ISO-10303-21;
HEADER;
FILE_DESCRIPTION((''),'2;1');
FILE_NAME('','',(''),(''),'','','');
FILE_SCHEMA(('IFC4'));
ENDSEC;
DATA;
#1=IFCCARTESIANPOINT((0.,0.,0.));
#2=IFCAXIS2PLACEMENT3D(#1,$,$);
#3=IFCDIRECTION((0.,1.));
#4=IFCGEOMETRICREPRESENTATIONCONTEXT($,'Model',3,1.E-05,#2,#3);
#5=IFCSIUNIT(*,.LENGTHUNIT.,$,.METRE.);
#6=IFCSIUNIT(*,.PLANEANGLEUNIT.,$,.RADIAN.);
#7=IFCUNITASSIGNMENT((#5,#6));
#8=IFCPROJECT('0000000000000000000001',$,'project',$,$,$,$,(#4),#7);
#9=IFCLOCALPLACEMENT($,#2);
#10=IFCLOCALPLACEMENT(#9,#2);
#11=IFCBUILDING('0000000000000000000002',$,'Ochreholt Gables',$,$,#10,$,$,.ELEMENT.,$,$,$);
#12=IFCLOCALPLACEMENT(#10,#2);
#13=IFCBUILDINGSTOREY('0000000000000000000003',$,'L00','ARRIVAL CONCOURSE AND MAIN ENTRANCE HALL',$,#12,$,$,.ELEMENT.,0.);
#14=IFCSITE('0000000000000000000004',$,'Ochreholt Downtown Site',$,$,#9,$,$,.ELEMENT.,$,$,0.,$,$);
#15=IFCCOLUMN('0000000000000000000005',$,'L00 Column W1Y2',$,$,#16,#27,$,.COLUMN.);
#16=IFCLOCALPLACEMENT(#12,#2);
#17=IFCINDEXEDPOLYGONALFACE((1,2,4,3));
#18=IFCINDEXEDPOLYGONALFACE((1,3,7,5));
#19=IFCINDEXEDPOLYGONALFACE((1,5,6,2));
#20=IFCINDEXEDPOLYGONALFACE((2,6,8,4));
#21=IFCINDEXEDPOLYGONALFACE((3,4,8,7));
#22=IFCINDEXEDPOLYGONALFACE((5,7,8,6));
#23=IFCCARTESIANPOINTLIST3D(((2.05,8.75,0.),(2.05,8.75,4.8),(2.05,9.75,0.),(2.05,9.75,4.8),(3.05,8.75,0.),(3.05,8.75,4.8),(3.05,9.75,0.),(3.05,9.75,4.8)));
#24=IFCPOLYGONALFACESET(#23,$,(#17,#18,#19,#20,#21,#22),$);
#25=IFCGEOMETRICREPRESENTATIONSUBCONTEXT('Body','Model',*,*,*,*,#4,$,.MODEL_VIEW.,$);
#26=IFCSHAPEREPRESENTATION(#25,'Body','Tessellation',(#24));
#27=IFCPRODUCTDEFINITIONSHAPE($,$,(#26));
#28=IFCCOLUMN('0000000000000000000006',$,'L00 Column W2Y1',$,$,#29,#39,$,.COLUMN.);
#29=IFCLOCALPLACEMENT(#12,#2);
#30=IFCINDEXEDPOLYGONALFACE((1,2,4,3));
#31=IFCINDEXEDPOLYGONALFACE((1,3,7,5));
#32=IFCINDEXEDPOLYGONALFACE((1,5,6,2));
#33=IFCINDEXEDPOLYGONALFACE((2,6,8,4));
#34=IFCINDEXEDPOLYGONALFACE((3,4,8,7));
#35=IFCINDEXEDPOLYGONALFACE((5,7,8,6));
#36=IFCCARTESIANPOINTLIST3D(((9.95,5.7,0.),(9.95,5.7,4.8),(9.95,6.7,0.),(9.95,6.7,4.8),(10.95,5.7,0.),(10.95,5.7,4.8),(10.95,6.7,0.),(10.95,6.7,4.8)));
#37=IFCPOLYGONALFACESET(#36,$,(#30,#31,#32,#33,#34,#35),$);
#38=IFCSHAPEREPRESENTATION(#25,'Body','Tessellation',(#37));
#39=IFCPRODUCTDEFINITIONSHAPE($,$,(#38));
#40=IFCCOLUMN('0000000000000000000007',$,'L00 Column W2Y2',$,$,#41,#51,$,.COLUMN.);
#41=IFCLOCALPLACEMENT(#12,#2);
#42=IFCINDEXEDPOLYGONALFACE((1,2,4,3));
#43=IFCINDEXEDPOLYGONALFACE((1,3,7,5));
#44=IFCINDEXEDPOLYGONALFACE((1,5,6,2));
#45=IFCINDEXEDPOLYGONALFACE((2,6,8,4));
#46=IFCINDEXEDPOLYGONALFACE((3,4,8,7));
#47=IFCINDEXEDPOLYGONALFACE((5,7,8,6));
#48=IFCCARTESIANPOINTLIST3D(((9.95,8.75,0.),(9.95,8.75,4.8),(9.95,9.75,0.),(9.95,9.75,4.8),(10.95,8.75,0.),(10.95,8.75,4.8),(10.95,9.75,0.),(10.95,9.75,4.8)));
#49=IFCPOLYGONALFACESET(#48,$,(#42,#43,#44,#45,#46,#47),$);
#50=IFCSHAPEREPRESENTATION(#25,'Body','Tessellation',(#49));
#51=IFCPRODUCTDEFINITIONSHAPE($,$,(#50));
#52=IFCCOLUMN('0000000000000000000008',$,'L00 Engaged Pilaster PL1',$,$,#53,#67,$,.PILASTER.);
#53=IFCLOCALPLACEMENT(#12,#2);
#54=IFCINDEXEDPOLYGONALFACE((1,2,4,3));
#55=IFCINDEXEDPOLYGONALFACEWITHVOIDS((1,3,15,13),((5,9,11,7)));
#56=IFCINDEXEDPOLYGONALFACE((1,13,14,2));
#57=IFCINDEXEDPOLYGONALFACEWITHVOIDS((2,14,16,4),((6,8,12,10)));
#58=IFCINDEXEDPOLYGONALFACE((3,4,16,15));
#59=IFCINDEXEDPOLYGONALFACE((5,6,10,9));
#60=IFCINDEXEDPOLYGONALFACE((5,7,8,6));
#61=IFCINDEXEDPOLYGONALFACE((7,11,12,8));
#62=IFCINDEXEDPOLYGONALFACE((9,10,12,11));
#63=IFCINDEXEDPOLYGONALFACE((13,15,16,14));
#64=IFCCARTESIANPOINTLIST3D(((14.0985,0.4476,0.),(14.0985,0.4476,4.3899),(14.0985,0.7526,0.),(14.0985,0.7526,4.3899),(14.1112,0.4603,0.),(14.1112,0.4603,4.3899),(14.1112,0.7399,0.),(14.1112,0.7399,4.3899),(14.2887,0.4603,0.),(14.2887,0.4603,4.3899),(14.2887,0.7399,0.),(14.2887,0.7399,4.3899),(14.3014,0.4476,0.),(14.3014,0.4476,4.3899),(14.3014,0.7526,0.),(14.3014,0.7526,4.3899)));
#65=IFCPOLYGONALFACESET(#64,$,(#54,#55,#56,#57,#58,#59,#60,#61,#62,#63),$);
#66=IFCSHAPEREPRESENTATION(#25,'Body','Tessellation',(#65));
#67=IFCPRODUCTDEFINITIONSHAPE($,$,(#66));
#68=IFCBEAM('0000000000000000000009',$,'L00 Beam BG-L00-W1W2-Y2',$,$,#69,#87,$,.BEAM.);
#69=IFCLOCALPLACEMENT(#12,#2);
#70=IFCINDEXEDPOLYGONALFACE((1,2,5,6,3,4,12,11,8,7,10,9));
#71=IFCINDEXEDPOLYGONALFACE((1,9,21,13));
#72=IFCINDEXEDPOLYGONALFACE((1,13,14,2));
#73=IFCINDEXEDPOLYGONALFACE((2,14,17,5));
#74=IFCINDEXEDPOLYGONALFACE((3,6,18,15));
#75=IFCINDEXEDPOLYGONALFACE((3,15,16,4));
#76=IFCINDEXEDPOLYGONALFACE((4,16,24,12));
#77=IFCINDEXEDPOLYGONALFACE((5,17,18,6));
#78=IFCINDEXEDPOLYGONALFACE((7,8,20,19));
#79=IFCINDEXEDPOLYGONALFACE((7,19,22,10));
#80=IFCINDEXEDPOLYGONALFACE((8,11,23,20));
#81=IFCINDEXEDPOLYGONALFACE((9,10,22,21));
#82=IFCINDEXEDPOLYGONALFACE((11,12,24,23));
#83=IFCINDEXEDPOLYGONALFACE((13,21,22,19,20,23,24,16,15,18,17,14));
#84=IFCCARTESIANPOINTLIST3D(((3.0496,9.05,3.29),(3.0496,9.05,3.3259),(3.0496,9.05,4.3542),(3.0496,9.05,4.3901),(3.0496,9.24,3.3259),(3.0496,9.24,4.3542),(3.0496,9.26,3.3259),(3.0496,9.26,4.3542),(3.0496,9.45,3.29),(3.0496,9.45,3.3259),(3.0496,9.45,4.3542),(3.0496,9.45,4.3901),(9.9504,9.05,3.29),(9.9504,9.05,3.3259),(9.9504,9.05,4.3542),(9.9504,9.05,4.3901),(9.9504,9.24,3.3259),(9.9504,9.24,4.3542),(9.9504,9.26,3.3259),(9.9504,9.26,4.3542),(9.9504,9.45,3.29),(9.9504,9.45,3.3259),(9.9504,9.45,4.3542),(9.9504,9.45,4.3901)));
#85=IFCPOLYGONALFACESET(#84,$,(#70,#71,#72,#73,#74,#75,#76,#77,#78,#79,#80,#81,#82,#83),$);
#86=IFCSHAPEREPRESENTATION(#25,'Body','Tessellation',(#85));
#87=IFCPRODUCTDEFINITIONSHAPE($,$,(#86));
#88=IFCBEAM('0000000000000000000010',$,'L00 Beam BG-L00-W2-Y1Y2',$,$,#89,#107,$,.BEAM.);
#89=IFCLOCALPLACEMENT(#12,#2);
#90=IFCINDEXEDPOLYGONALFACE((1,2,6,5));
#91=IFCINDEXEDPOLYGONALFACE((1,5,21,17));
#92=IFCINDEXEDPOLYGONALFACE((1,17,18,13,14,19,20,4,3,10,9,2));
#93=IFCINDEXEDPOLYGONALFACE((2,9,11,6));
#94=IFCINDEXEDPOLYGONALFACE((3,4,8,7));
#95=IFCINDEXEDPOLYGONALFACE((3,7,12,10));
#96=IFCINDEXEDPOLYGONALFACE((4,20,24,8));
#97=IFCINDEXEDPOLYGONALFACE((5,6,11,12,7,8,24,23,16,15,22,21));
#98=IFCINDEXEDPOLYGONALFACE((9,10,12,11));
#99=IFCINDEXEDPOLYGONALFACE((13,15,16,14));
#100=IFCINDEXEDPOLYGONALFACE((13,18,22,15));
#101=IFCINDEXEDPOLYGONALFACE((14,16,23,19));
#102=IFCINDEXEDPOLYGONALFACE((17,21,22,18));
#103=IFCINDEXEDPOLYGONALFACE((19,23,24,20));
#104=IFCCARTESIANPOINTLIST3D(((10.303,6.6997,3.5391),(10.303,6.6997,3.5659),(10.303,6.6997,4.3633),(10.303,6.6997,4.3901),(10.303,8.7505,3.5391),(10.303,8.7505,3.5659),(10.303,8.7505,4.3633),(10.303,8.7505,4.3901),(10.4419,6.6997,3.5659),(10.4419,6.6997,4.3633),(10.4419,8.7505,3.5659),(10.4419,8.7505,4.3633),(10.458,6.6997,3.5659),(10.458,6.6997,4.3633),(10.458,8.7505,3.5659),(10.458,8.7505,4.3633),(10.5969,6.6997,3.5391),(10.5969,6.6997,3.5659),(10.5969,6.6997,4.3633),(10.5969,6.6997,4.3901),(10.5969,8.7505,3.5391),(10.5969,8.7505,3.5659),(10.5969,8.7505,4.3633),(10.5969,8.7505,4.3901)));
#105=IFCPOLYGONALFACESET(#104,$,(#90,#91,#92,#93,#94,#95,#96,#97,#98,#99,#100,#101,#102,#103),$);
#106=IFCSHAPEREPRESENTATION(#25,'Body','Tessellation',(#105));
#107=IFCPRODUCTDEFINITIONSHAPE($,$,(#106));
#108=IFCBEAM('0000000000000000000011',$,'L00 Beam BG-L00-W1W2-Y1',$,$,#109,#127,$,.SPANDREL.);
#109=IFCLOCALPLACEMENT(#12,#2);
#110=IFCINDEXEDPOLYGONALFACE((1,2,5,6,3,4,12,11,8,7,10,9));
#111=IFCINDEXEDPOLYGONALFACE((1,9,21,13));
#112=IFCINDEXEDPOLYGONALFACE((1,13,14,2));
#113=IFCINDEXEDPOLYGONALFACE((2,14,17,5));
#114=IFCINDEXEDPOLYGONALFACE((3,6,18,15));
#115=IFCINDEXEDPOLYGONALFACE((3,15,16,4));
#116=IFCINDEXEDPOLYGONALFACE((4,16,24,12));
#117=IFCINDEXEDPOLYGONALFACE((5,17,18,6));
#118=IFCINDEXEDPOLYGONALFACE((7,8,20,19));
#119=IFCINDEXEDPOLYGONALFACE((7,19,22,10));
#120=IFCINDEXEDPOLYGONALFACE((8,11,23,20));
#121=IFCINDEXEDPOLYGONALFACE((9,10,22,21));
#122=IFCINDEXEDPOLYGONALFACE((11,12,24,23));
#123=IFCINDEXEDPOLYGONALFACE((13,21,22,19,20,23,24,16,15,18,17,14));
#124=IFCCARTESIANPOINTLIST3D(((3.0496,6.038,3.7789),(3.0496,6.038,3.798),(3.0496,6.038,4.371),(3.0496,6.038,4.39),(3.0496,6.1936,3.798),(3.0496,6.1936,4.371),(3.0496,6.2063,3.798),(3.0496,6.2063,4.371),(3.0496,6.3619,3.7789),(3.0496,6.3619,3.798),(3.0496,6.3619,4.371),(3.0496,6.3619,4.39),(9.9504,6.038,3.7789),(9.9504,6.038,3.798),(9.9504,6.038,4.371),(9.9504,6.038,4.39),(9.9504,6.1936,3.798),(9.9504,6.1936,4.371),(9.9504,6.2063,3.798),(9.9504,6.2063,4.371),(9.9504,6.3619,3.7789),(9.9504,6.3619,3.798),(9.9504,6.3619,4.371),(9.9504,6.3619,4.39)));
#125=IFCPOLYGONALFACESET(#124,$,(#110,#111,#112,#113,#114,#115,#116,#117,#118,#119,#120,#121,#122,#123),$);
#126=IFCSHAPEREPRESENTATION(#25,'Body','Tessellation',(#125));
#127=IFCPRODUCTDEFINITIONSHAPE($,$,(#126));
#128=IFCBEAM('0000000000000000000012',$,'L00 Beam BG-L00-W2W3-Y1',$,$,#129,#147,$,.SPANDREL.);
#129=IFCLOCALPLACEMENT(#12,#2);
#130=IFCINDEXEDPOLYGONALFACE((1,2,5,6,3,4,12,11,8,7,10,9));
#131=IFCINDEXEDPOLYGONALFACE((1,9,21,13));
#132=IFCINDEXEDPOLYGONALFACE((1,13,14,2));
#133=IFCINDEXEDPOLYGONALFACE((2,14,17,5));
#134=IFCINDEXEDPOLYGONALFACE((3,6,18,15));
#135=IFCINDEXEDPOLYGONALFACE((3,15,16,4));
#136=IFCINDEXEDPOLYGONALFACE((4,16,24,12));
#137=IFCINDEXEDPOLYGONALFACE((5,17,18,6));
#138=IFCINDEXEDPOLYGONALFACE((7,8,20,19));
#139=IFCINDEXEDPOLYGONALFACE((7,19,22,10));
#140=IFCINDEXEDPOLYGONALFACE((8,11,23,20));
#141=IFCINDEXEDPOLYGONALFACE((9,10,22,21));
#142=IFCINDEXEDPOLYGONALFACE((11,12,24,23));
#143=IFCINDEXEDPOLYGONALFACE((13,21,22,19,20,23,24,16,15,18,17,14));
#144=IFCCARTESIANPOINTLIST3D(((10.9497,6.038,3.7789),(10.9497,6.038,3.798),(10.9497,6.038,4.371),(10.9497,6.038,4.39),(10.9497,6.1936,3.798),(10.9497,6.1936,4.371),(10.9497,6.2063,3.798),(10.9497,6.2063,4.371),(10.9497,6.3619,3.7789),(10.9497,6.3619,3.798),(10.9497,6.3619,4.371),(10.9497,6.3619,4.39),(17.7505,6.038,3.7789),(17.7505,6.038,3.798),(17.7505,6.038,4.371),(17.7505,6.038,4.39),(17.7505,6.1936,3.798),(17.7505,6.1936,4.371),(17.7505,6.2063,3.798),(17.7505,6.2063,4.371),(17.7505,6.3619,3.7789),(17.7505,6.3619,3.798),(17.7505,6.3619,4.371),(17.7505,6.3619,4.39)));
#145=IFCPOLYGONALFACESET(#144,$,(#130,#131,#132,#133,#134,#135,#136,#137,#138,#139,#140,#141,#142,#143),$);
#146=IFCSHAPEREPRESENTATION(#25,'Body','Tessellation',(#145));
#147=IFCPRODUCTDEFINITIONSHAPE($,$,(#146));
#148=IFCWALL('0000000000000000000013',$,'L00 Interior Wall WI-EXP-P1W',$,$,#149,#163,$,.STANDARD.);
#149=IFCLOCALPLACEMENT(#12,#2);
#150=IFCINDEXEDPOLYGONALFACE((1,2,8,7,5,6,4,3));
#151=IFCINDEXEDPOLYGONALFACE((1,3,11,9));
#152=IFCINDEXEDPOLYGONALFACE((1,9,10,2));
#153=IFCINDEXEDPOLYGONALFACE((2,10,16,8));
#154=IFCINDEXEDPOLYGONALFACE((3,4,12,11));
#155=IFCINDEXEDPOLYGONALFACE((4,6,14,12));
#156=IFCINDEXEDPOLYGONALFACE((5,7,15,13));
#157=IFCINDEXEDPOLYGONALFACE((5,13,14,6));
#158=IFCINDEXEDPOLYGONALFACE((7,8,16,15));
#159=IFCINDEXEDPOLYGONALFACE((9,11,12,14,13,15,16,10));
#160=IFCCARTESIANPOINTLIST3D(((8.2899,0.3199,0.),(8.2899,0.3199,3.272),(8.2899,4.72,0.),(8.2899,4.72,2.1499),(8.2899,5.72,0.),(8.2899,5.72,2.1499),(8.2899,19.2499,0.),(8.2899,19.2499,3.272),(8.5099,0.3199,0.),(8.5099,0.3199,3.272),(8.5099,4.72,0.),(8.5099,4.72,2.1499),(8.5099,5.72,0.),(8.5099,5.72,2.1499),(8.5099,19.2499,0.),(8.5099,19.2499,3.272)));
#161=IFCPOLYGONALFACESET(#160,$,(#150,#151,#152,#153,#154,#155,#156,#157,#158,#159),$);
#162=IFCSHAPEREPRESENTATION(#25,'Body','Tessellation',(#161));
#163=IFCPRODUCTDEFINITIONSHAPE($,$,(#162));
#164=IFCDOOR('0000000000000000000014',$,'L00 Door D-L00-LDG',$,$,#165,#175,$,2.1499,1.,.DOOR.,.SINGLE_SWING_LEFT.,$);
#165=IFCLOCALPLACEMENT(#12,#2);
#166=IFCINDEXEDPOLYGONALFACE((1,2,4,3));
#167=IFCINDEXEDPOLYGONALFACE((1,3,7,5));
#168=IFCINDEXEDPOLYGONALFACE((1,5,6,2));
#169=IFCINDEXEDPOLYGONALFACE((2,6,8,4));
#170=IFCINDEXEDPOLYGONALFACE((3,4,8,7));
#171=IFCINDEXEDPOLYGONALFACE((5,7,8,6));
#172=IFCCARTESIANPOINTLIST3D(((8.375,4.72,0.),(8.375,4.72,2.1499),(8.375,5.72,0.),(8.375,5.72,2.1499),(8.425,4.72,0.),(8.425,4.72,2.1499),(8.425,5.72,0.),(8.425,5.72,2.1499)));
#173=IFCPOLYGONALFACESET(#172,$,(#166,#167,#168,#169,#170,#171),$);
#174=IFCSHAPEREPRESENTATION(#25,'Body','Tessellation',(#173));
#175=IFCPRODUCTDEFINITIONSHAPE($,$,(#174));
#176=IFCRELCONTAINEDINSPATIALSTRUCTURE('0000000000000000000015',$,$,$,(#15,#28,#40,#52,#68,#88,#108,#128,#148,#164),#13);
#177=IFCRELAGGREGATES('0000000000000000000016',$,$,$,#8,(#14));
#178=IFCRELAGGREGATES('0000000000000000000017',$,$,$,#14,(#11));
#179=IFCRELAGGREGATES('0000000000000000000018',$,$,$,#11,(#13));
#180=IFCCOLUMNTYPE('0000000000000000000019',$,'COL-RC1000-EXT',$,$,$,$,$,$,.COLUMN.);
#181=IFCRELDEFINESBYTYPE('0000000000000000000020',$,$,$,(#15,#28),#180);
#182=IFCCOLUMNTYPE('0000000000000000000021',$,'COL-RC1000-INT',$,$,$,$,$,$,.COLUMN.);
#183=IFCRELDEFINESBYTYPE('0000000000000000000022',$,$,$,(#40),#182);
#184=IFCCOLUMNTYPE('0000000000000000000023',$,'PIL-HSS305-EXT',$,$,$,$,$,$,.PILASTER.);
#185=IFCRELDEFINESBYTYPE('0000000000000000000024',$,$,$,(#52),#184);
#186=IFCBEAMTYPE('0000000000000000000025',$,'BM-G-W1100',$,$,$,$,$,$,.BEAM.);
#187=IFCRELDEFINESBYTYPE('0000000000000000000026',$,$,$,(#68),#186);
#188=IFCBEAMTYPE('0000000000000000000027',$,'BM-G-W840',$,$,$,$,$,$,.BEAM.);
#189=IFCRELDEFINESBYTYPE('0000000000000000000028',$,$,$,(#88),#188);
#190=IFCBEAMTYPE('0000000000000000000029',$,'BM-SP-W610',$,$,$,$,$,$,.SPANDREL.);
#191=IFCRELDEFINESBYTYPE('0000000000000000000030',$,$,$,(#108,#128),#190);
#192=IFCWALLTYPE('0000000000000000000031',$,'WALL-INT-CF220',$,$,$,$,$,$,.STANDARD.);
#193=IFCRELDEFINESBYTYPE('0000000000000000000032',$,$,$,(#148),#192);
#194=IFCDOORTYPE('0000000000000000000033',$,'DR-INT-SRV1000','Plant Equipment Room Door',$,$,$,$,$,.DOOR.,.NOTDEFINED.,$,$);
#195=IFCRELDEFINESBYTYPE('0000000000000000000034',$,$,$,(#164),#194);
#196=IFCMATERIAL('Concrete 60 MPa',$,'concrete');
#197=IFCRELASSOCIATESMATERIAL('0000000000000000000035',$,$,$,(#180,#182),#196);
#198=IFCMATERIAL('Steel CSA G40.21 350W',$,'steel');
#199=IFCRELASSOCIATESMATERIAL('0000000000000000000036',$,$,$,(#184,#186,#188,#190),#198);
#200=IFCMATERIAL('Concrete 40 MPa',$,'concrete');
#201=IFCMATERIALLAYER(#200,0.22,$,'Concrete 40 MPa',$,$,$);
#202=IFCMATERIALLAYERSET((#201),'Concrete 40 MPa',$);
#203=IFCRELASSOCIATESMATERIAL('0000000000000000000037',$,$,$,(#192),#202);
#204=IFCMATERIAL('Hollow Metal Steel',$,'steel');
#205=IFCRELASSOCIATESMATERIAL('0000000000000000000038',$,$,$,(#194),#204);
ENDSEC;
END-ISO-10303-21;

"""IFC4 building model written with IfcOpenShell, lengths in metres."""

from ifc_helpers import new_model, si_unit, direction, frame, frame_2d, origin, origin_2d, place, context, subcontext, project, spatial, rectangle, hollow_rectangle, i_section, extrude, material, layer, layer_set, material_profile, profile_set, type_object, element, fill, save


model = new_model("IFC4")

# Units and contexts
model_context = context("Model", 3, precision=1e-05, world=origin(), true_north=direction((0.0, 1.0)))
body_context = subcontext(model_context, "Body", "Model", "MODEL_VIEW")
ifc_project = project(units=[si_unit("LENGTHUNIT", "METRE"), si_unit("PLANEANGLEUNIT", "RADIAN")], contexts=[model_context])

# Site, building, storey
site_placement = place(None, origin())
site = spatial("IfcSite", under=ifc_project, at=site_placement, Name="Ochreholt Downtown Site", CompositionType="ELEMENT", RefElevation=0.0)
building_placement = place(site_placement, origin())
building = spatial("IfcBuilding", under=site, at=building_placement, Name="Ochreholt Gables", CompositionType="ELEMENT")
storey_placement = place(building_placement, origin())
storey = spatial("IfcBuildingStorey", under=building, at=storey_placement, Name="L00", Description="ARRIVAL CONCOURSE AND MAIN ENTRANCE HALL", CompositionType="ELEMENT", Elevation=0.0)

# Columns
ifc_material_1 = material(Name="Concrete 60 MPa", Category="concrete")
ifc_material_profile_1 = material_profile(ifc_material_1, rectangle(XDim=1.0, YDim=1.0, at=origin_2d()), Name="RC1000X1000")
ifc_profile_set_1 = profile_set([ifc_material_profile_1], Name="Concrete 60 MPa")
column_type_1 = type_object("IfcColumnType", Name="COL-RC1000-EXT", PredefinedType="COLUMN", material=ifc_profile_set_1)
for number, where, z_axis, x_axis, name in (
    (1, (2.55, 9.25, 0.0), (0.0, 0.0, 1.0), (1.0, 0.0, 0.0), "L00 Column W1Y2"),
    (2, (10.45, 6.2, 0.0), (0.0, 0.0, 1.0), (1.0, 0.0, 0.0), "L00 Column W2Y1"),
):
    element("IfcColumn", number, at=place(storey_placement, frame(where, z_axis=z_axis, x_axis=x_axis)), inside=storey, type_object=column_type_1, Name=name, PredefinedType="COLUMN", context=body_context, shape_type="SweptSolid", body=[
        extrude(rectangle(XDim=1.0, YDim=1.0, at=origin_2d()), origin(), (0.0, 0.0, 1.0), 4.8),
    ])
ifc_material_profile_2 = material_profile(ifc_material_1, rectangle(XDim=1.0, YDim=1.0, at=origin_2d()), Name="RC1000X1000")
ifc_profile_set_2 = profile_set([ifc_material_profile_2], Name="Concrete 60 MPa")
column_type_2 = type_object("IfcColumnType", Name="COL-RC1000-INT", PredefinedType="COLUMN", material=ifc_profile_set_2)
column_1_placement = place(storey_placement, frame((10.45, 9.25, 0.0), z_axis=(0.0, 0.0, 1.0), x_axis=(1.0, 0.0, 0.0)))
element("IfcColumn", 3, at=column_1_placement, inside=storey, type_object=column_type_2, Name="L00 Column W2Y2", PredefinedType="COLUMN", context=body_context, shape_type="SweptSolid", body=[
    extrude(rectangle(XDim=1.0, YDim=1.0, at=origin_2d()), origin(), (0.0, 0.0, 1.0), 4.8),
])
ifc_material_2 = material(Name="Steel CSA G40.21 350W", Category="steel")
ifc_material_profile_3 = material_profile(ifc_material_2, hollow_rectangle(XDim=0.2029, YDim=0.3049, WallThickness=0.0127, at=origin_2d()), Name="HSS305X203X13")
ifc_profile_set_3 = profile_set([ifc_material_profile_3], Name="Steel CSA G40.21 350W")
column_type_3 = type_object("IfcColumnType", Name="PIL-HSS305-EXT", PredefinedType="PILASTER", material=ifc_profile_set_3)
column_2_placement = place(storey_placement, frame((14.2, 0.6001, 0.0), z_axis=(0.0, 0.0, 1.0), x_axis=(1.0, 0.0, 0.0)))
element("IfcColumn", 4, at=column_2_placement, inside=storey, type_object=column_type_3, Name="L00 Engaged Pilaster PL1", PredefinedType="PILASTER", context=body_context, shape_type="SweptSolid", body=[
    extrude(hollow_rectangle(XDim=0.2029, YDim=0.3049, WallThickness=0.0127, at=origin_2d()), origin(), (0.0, 0.0, 1.0), 4.3899),
])

# Beams
ifc_material_profile_4 = material_profile(ifc_material_2, i_section(OverallWidth=0.3999, OverallDepth=1.1001, WebThickness=0.02, FlangeThickness=0.0359, at=origin_2d()), Name="W1100X390")
ifc_profile_set_4 = profile_set([ifc_material_profile_4], Name="Steel CSA G40.21 350W")
beam_type_1 = type_object("IfcBeamType", Name="BM-G-W1100", PredefinedType="BEAM", material=ifc_profile_set_4)
beam_1_placement = place(storey_placement, frame((3.0496, 9.25, 3.8401), z_axis=(1.0, 0.0, 0.0), x_axis=(0.0, 1.0, 0.0)))
element("IfcBeam", 5, at=beam_1_placement, inside=storey, type_object=beam_type_1, Name="L00 Beam BG-L00-W1W2-Y2", PredefinedType="BEAM", context=body_context, shape_type="SweptSolid", body=[
    extrude(i_section(OverallWidth=0.3999, OverallDepth=1.1001, WebThickness=0.02, FlangeThickness=0.0359, at=origin_2d()), origin(), (0.0, 0.0, 1.0), 6.9009),
])
ifc_material_profile_5 = material_profile(ifc_material_2, i_section(OverallWidth=0.2939, OverallDepth=0.8511, WebThickness=0.0161, FlangeThickness=0.0269, at=origin_2d()), Name="W840X226")
ifc_profile_set_5 = profile_set([ifc_material_profile_5], Name="Steel CSA G40.21 350W")
beam_type_2 = type_object("IfcBeamType", Name="BM-G-W840", PredefinedType="BEAM", material=ifc_profile_set_5)
beam_2_placement = place(storey_placement, frame((10.45, 6.6997, 3.9646), z_axis=(0.0, 1.0, 0.0), x_axis=(-1.0, 0.0, 0.0)))
element("IfcBeam", 6, at=beam_2_placement, inside=storey, type_object=beam_type_2, Name="L00 Beam BG-L00-W2-Y1Y2", PredefinedType="BEAM", context=body_context, shape_type="SweptSolid", body=[
    extrude(i_section(OverallWidth=0.2939, OverallDepth=0.8511, WebThickness=0.0161, FlangeThickness=0.0269, at=origin_2d()), origin(), (0.0, 0.0, 1.0), 2.0508),
])
ifc_material_profile_6 = material_profile(ifc_material_2, i_section(OverallWidth=0.324, OverallDepth=0.6111, WebThickness=0.0127, FlangeThickness=0.019, at=origin_2d()), Name="W610X155")
ifc_profile_set_6 = profile_set([ifc_material_profile_6], Name="Steel CSA G40.21 350W")
beam_type_3 = type_object("IfcBeamType", Name="BM-SP-W610", PredefinedType="SPANDREL", material=ifc_profile_set_6)
beam_3_placement = place(storey_placement, frame((3.0496, 6.2, 4.0845), z_axis=(1.0, 0.0, 0.0), x_axis=(0.0, 1.0, 0.0)))
element("IfcBeam", 7, at=beam_3_placement, inside=storey, type_object=beam_type_3, Name="L00 Beam BG-L00-W1W2-Y1", PredefinedType="SPANDREL", context=body_context, shape_type="SweptSolid", body=[
    extrude(i_section(OverallWidth=0.324, OverallDepth=0.6111, WebThickness=0.0127, FlangeThickness=0.019, at=origin_2d()), origin(), (0.0, 0.0, 1.0), 6.9009),
])
beam_4_placement = place(storey_placement, frame((10.9497, 6.2, 4.0845), z_axis=(1.0, 0.0, 0.0), x_axis=(0.0, 1.0, 0.0)))
element("IfcBeam", 8, at=beam_4_placement, inside=storey, type_object=beam_type_3, Name="L00 Beam BG-L00-W2W3-Y1", PredefinedType="SPANDREL", context=body_context, shape_type="SweptSolid", body=[
    extrude(i_section(OverallWidth=0.324, OverallDepth=0.6111, WebThickness=0.0127, FlangeThickness=0.019, at=origin_2d()), origin(), (0.0, 0.0, 1.0), 6.8008),
])

# Wall, opening, door
ifc_material_3 = material(Name="Concrete 40 MPa", Category="concrete")
ifc_layer_1 = layer(ifc_material_3, 0.22, Name="Concrete 40 MPa")
ifc_layer_set_1 = layer_set([ifc_layer_1], Name="Concrete 40 MPa")
wall_type_1 = type_object("IfcWallType", Name="WALL-INT-CF220", PredefinedType="STANDARD", material=ifc_layer_set_1)
wall_1_placement = place(storey_placement, frame((8.3999, 0.3201, 0.0), z_axis=(0.0, 0.0, 1.0), x_axis=(0.0, 1.0, 0.0)))
wall_1 = element("IfcWall", 9, at=wall_1_placement, inside=storey, type_object=wall_type_1, Name="L00 Interior Wall WI-EXP-P1W", PredefinedType="STANDARD", context=body_context, shape_type="SweptSolid", body=[
    extrude(rectangle(XDim=18.9299, YDim=0.22, at=frame_2d((9.4648, 0.0))), origin(), (0.0, 0.0, 1.0), 3.272),
])
opening_1_placement = place(wall_1_placement, frame((4.3999, 0.0, 0.0)))
opening_1 = element("IfcOpeningElement", 10, at=opening_1_placement, cuts=wall_1, PredefinedType="OPENING", context=body_context, shape_type="SweptSolid", body=[
    extrude(rectangle(XDim=1.0, YDim=2.1499, at=frame_2d((0.5, 1.075))), frame((0.0, 0.1199, 0.0), z_axis=(0.0, -1.0, 0.0), x_axis=(1.0, 0.0, 0.0)), (0.0, 0.0, 1.0), 0.24),
])
ifc_material_4 = material(Name="Hollow Metal Steel", Category="steel")
door_type_1 = type_object("IfcDoorType", Name="DR-INT-SRV1000", Description="Plant Equipment Room Door", OperationType="NOTDEFINED", PredefinedType="DOOR", material=ifc_material_4)
door_1_placement = place(opening_1_placement, origin())
door_1 = element("IfcDoor", 11, at=door_1_placement, inside=storey, type_object=door_type_1, Name="L00 Door D-L00-LDG", OperationType="SINGLE_SWING_LEFT", OverallHeight=2.1499, OverallWidth=1.0, PredefinedType="DOOR", context=body_context, shape_type="SweptSolid", body=[
    extrude(rectangle(XDim=1.0, YDim=2.1499, at=frame_2d((0.5, 1.075))), frame((0.0, 0.0249, 0.0), z_axis=(0.0, -1.0, 0.0), x_axis=(1.0, 0.0, 0.0)), (0.0, 0.0, 1.0), 0.05),
])
fill(opening_1, door_1)

save(model, "model.ifc")
